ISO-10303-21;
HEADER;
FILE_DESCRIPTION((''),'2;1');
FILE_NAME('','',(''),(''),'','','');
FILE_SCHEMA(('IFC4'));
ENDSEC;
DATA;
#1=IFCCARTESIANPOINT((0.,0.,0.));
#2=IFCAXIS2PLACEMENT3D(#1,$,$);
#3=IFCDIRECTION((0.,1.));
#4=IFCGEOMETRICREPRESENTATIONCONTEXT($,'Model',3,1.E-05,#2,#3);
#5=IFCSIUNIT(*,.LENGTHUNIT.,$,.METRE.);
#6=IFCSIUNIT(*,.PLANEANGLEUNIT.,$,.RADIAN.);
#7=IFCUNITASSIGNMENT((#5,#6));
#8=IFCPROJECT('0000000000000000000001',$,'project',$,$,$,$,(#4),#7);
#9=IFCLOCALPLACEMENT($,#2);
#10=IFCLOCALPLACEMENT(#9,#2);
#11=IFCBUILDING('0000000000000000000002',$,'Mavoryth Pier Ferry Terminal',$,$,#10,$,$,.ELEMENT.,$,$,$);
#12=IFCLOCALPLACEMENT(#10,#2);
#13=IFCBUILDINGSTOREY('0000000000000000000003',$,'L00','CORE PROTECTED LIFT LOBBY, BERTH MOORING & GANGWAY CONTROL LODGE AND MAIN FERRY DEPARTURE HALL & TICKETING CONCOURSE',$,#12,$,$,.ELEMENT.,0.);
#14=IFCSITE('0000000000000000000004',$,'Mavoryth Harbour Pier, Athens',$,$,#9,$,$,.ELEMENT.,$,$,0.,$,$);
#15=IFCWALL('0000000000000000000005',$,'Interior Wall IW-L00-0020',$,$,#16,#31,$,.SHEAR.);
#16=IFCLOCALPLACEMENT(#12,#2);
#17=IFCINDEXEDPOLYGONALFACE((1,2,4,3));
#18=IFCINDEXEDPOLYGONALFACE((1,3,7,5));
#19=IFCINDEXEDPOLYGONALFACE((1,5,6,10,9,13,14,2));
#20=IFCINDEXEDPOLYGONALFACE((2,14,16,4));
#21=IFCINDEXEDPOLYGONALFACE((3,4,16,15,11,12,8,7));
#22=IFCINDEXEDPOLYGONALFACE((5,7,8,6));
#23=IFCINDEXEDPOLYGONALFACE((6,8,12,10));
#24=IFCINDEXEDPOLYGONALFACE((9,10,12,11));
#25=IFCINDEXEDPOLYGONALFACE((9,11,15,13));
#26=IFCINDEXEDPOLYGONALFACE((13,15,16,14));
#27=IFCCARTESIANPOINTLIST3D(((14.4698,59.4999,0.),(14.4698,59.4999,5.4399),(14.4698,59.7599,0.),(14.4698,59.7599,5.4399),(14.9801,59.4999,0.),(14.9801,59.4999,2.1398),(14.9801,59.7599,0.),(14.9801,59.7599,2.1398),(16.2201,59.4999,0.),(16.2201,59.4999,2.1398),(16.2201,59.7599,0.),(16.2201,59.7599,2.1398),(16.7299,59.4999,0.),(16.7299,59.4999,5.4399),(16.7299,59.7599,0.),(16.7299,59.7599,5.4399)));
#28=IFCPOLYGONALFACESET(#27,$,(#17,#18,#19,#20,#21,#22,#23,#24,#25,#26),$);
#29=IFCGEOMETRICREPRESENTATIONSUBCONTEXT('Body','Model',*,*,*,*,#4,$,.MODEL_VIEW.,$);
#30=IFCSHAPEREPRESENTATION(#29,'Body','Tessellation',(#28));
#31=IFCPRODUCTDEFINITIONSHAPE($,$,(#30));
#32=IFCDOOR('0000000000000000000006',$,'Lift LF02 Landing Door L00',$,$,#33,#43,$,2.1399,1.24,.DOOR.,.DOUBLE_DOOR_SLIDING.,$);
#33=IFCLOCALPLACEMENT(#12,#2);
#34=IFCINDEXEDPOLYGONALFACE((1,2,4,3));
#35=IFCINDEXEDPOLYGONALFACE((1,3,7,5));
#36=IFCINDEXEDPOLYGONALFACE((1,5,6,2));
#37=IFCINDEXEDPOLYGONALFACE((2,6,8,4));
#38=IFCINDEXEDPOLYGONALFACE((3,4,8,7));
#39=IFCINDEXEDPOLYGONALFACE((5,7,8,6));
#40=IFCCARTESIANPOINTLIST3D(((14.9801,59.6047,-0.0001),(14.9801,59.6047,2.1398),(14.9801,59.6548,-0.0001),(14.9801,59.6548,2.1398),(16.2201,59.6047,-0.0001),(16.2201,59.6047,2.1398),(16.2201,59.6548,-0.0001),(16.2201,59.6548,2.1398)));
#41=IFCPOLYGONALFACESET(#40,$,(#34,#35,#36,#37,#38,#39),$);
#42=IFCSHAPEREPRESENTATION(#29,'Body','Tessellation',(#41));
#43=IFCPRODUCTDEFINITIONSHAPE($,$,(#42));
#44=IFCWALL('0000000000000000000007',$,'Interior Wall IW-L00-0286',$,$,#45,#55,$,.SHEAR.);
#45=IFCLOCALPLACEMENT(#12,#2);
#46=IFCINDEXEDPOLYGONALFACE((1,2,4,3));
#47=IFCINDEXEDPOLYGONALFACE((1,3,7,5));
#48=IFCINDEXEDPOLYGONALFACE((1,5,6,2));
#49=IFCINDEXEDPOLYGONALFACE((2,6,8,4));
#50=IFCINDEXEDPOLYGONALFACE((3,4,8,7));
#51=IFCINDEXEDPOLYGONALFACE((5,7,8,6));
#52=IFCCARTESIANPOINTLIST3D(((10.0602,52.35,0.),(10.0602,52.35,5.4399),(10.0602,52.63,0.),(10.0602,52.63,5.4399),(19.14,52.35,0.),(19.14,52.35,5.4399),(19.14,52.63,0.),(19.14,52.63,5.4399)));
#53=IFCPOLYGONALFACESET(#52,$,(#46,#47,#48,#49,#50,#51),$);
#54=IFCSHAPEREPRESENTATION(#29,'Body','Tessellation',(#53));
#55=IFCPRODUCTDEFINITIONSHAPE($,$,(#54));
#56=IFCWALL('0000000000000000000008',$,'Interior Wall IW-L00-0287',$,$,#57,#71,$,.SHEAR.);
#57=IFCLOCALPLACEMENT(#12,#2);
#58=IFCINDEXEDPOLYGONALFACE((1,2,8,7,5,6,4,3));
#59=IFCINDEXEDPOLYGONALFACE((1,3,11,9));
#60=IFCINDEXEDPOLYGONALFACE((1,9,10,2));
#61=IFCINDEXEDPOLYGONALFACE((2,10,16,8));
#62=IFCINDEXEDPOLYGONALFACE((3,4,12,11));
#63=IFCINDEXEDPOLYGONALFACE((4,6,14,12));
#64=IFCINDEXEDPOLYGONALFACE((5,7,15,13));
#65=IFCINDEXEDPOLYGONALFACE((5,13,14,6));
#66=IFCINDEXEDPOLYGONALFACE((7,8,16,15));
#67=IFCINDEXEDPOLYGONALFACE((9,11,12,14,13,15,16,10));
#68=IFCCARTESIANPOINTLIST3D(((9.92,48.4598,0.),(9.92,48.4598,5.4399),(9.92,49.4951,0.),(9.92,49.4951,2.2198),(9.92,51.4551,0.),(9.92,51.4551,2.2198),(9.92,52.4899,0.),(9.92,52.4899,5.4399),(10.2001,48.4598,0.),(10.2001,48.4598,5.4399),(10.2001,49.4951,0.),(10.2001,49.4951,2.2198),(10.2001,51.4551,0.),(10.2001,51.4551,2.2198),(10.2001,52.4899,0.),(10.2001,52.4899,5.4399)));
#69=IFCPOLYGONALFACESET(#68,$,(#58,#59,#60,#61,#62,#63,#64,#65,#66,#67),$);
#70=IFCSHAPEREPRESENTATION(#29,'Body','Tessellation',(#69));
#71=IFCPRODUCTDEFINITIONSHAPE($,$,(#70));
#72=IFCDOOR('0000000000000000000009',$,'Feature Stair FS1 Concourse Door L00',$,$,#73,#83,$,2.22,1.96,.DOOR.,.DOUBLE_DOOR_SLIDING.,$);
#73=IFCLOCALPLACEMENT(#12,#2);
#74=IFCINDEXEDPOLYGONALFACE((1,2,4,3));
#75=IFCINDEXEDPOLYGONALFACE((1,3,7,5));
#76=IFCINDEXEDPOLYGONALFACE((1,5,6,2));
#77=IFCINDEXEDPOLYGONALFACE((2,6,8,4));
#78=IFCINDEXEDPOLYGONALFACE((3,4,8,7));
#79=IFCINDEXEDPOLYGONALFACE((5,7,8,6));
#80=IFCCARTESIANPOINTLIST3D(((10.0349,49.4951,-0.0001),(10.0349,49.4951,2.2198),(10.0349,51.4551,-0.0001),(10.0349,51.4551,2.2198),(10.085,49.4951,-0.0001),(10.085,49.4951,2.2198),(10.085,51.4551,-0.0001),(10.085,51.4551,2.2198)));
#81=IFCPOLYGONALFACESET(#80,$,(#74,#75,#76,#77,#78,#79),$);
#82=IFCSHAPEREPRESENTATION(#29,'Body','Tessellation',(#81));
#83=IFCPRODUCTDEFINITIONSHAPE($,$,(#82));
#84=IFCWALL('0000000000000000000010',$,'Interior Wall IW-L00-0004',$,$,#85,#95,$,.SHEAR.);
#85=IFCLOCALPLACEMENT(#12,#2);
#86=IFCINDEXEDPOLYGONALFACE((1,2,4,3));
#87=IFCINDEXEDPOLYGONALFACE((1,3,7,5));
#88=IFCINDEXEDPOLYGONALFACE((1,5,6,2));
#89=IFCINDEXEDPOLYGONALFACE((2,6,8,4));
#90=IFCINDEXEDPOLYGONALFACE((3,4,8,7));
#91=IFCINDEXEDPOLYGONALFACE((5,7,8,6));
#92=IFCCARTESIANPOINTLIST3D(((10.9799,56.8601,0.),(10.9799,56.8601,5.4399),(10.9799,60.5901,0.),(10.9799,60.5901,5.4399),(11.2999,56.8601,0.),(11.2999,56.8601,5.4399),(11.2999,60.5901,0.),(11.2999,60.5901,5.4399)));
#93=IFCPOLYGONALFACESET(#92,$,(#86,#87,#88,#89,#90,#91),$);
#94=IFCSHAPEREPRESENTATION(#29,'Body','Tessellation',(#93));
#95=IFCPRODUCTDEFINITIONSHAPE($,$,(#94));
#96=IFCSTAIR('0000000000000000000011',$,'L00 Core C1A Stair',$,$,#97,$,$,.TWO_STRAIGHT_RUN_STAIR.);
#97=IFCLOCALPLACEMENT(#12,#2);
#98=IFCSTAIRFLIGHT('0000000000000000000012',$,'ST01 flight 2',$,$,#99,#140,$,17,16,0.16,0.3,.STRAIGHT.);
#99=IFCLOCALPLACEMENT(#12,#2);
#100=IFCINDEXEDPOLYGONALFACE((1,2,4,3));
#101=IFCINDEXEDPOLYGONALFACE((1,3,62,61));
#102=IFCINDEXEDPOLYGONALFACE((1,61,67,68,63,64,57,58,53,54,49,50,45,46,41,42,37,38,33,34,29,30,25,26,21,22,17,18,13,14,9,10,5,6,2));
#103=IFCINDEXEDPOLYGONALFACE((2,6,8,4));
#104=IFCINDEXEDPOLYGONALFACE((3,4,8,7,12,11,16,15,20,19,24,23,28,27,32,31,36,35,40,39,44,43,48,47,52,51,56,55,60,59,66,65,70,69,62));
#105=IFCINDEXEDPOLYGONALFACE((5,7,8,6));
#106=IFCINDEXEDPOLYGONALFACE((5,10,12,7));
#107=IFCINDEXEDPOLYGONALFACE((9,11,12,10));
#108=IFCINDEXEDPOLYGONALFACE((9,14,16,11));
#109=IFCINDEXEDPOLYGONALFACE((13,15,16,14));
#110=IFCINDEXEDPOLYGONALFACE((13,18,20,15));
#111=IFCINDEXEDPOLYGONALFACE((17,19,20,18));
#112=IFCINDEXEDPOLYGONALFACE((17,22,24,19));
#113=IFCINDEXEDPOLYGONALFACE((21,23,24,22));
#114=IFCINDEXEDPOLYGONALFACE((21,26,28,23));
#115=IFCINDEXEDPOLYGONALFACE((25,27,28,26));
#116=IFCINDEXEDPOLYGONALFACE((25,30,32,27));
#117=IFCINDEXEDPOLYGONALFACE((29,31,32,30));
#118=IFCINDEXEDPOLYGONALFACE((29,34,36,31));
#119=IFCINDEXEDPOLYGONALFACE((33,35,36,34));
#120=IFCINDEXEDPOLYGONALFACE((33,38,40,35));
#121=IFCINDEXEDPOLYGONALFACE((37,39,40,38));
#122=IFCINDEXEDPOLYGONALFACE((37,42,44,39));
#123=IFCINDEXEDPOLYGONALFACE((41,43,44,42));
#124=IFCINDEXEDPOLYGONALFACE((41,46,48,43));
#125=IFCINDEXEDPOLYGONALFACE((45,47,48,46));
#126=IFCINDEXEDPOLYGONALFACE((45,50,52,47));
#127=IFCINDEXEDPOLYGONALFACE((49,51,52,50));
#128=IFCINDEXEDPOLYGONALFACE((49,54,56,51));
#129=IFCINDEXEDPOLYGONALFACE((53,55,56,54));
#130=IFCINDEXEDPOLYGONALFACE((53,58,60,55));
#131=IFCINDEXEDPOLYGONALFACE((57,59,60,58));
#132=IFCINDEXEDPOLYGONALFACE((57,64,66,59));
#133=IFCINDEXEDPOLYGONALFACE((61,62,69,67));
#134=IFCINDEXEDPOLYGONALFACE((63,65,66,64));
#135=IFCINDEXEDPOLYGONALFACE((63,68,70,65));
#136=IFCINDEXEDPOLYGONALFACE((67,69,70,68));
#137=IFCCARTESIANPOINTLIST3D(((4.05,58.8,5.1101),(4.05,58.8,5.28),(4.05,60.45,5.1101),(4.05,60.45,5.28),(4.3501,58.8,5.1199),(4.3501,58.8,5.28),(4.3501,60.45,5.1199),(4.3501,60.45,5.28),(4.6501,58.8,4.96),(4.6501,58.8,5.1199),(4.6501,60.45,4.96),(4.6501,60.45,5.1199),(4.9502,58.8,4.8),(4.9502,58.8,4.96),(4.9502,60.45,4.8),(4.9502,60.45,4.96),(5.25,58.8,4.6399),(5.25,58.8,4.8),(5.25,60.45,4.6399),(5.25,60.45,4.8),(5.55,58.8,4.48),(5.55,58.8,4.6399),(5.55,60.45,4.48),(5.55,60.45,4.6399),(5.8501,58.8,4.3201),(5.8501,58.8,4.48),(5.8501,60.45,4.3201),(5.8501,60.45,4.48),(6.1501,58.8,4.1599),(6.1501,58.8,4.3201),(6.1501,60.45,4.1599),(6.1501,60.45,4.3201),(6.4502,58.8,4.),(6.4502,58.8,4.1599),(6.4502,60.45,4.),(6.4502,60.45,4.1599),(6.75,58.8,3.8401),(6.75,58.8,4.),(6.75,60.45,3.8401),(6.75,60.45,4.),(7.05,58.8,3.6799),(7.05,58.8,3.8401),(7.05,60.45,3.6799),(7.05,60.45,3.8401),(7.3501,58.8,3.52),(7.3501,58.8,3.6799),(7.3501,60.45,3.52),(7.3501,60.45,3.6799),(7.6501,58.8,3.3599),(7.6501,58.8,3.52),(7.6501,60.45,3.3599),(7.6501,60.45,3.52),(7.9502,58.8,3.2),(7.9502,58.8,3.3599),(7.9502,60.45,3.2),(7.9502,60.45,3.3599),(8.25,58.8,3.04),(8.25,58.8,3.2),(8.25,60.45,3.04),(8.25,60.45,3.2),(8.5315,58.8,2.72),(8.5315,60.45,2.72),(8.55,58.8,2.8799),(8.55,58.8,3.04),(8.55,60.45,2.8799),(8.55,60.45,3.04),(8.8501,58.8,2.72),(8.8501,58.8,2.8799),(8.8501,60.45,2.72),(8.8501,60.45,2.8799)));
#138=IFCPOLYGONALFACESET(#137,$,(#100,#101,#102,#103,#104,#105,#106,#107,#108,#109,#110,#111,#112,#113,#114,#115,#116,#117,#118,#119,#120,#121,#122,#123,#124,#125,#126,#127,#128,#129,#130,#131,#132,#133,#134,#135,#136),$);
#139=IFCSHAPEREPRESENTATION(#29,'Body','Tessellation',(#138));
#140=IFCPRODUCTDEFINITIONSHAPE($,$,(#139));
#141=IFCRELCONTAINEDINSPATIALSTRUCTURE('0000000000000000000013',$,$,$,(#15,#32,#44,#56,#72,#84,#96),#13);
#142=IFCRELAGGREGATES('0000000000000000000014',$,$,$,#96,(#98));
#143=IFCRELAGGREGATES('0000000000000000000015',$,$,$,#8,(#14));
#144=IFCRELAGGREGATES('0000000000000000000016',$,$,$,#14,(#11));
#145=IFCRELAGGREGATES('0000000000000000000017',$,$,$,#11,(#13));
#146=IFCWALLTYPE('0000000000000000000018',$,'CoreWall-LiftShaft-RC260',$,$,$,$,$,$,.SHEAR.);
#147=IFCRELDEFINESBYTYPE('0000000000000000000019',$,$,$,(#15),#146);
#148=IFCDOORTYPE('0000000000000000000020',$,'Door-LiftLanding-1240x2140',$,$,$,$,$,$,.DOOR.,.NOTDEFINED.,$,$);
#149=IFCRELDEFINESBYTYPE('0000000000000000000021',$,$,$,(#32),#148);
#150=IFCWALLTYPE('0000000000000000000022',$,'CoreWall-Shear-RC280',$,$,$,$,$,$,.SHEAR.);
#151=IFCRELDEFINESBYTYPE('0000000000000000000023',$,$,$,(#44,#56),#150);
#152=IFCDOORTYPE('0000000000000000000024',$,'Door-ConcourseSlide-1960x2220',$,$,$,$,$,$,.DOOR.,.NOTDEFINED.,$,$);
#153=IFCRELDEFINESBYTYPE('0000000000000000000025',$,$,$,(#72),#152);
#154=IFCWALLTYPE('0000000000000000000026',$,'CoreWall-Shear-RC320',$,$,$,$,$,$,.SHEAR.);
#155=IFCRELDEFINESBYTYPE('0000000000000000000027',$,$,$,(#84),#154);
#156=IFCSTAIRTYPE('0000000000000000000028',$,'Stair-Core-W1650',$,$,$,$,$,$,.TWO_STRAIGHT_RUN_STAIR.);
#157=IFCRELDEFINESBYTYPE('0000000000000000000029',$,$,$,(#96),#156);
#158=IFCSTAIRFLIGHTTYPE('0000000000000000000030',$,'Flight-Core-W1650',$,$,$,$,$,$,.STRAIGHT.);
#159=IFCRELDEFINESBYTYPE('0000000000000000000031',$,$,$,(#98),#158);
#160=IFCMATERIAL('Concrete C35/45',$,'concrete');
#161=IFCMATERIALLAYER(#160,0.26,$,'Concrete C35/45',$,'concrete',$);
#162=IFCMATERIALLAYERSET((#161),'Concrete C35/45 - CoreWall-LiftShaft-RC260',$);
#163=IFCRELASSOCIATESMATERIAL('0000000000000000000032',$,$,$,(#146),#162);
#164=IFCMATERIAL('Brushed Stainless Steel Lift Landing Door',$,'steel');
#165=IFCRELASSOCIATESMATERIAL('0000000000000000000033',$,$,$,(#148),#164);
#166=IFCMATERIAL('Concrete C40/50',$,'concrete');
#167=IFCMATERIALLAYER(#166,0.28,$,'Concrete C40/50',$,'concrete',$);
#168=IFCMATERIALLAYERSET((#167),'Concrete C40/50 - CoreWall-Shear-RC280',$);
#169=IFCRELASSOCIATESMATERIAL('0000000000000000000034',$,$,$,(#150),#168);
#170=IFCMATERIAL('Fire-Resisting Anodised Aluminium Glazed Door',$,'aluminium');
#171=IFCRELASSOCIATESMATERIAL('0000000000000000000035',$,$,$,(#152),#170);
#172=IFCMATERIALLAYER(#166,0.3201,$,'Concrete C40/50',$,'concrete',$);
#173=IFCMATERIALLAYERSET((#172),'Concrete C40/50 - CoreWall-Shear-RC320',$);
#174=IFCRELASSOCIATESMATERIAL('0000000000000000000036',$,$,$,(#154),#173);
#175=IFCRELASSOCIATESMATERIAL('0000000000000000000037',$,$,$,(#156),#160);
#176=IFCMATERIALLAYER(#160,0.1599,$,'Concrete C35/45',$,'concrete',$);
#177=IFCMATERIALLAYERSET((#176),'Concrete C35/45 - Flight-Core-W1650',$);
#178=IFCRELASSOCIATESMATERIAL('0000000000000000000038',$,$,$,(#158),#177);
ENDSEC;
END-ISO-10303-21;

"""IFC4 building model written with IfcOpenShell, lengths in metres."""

from ifc_helpers import new_model, si_unit, direction, frame, frame_2d, origin, place, context, subcontext, project, spatial, polyline, rectangle, outline, extrude, material, layer, layer_set, type_object, element, fill, aggregate, save


model = new_model("IFC4")

# Units and contexts
model_context = context("Model", 3, precision=1e-05, world=origin(), true_north=direction((0.0, 1.0)))
body_context = subcontext(model_context, "Body", "Model", "MODEL_VIEW")
ifc_project = project(units=[si_unit("LENGTHUNIT", "METRE"), si_unit("PLANEANGLEUNIT", "RADIAN")], contexts=[model_context])

# Site, building, storey
site_placement = place(None, origin())
site = spatial("IfcSite", under=ifc_project, at=site_placement, Name="Mavoryth Harbour Pier, Athens", CompositionType="ELEMENT", RefElevation=0.0)
building_placement = place(site_placement, origin())
building = spatial("IfcBuilding", under=site, at=building_placement, Name="Mavoryth Pier Ferry Terminal", CompositionType="ELEMENT")
storey_placement = place(building_placement, origin())
storey = spatial("IfcBuildingStorey", under=building, at=storey_placement, Name="L00", Description="CORE PROTECTED LIFT LOBBY, BERTH MOORING & GANGWAY CONTROL LODGE AND MAIN FERRY DEPARTURE HALL & TICKETING CONCOURSE", CompositionType="ELEMENT", Elevation=0.0)

# Shared definitions
ifc_material_1 = material(Name="Concrete C35/45", Category="concrete")

# Shared definitions
ifc_material_2 = material(Name="Concrete C40/50", Category="concrete")

# Shared definitions
ifc_layer_1 = layer(ifc_material_1, 0.26, Name="Concrete C35/45", Category="concrete")
ifc_layer_set_1 = layer_set([ifc_layer_1], Name="Concrete C35/45 - CoreWall-LiftShaft-RC260")
wall_type_1 = type_object("IfcWallType", Name="CoreWall-LiftShaft-RC260", PredefinedType="SHEAR", material=ifc_layer_set_1)

# Shared definitions
ifc_material_3 = material(Name="Brushed Stainless Steel Lift Landing Door", Category="steel")
door_type_1 = type_object("IfcDoorType", Name="Door-LiftLanding-1240x2140", OperationType="NOTDEFINED", PredefinedType="DOOR", material=ifc_material_3)

# Wall, opening, door
wall_1_placement = place(storey_placement, frame((14.47, 59.6299, 0.0), z_axis=(0.0, 0.0, 1.0), x_axis=(1.0, 0.0, 0.0)))
wall_1 = element("IfcWall", 1, at=wall_1_placement, inside=storey, type_object=wall_type_1, Name="Interior Wall IW-L00-0020", PredefinedType="SHEAR", context=body_context, shape_type="SweptSolid", body=[
    extrude(rectangle(XDim=2.26, YDim=0.26, at=frame_2d((1.1299, 0.0))), origin(), (0.0, 0.0, 1.0), 5.4399),
])
opening_1_placement = place(wall_1_placement, frame((0.51, 0.0, 0.0)))
opening_1 = element("IfcOpeningElement", 2, at=opening_1_placement, cuts=wall_1, PredefinedType="OPENING", context=body_context, shape_type="SweptSolid", body=[
    extrude(rectangle(XDim=1.24, YDim=2.1399, at=frame_2d((0.6201, 1.0698))), frame((0.0, 0.1399, 0.0), z_axis=(0.0, -1.0, 0.0), x_axis=(1.0, 0.0, 0.0)), (0.0, 0.0, 1.0), 0.28),
])
door_1_placement = place(opening_1_placement, origin())
door_1 = element("IfcDoor", 3, at=door_1_placement, inside=storey, type_object=door_type_1, Name="Lift LF02 Landing Door L00", OperationType="DOUBLE_DOOR_SLIDING", OverallHeight=2.1399, OverallWidth=1.24, PredefinedType="DOOR", context=body_context, shape_type="SweptSolid", body=[
    extrude(rectangle(XDim=1.24, YDim=2.1399, at=frame_2d((0.6201, 1.0698))), frame((0.0, 0.0249, 0.0), z_axis=(0.0, -1.0, 0.0), x_axis=(1.0, 0.0, 0.0)), (0.0, 0.0, 1.0), 0.05),
])
fill(opening_1, door_1)

# Wall
ifc_layer_2 = layer(ifc_material_2, 0.28, Name="Concrete C40/50", Category="concrete")
ifc_layer_set_2 = layer_set([ifc_layer_2], Name="Concrete C40/50 - CoreWall-Shear-RC280")
wall_type_2 = type_object("IfcWallType", Name="CoreWall-Shear-RC280", PredefinedType="SHEAR", material=ifc_layer_set_2)
wall_2_placement = place(storey_placement, frame((10.0601, 52.49, 0.0), z_axis=(0.0, 0.0, 1.0), x_axis=(1.0, 0.0, 0.0)))
element("IfcWall", 4, at=wall_2_placement, inside=storey, type_object=wall_type_2, Name="Interior Wall IW-L00-0286", PredefinedType="SHEAR", context=body_context, shape_type="SweptSolid", body=[
    extrude(rectangle(XDim=9.0798, YDim=0.28, at=frame_2d((4.54, 0.0))), origin(), (0.0, 0.0, 1.0), 5.4399),
])

# Wall, opening, door
wall_3_placement = place(storey_placement, frame((10.0601, 52.49, 0.0), z_axis=(0.0, 0.0, 1.0), x_axis=(0.0, -1.0, 0.0)))
wall_3 = element("IfcWall", 5, at=wall_3_placement, inside=storey, type_object=wall_type_2, Name="Interior Wall IW-L00-0287", PredefinedType="SHEAR", context=body_context, shape_type="SweptSolid", body=[
    extrude(rectangle(XDim=4.03, YDim=0.28, at=frame_2d((2.0151, 0.0))), origin(), (0.0, 0.0, 1.0), 5.4399),
])
opening_2_placement = place(wall_3_placement, frame((1.0349, 0.0, 0.0)))
opening_2 = element("IfcOpeningElement", 6, at=opening_2_placement, cuts=wall_3, PredefinedType="OPENING", context=body_context, shape_type="SweptSolid", body=[
    extrude(rectangle(XDim=1.96, YDim=2.22, at=frame_2d((0.98, 1.1099))), frame((0.0, 0.1499, 0.0), z_axis=(0.0, -1.0, 0.0), x_axis=(1.0, 0.0, 0.0)), (0.0, 0.0, 1.0), 0.3),
])
ifc_material_4 = material(Name="Fire-Resisting Anodised Aluminium Glazed Door", Category="aluminium")
door_type_2 = type_object("IfcDoorType", Name="Door-ConcourseSlide-1960x2220", OperationType="NOTDEFINED", PredefinedType="DOOR", material=ifc_material_4)
door_2_placement = place(opening_2_placement, origin())
door_2 = element("IfcDoor", 7, at=door_2_placement, inside=storey, type_object=door_type_2, Name="Feature Stair FS1 Concourse Door L00", OperationType="DOUBLE_DOOR_SLIDING", OverallHeight=2.22, OverallWidth=1.96, PredefinedType="DOOR", context=body_context, shape_type="SweptSolid", body=[
    extrude(rectangle(XDim=1.96, YDim=2.22, at=frame_2d((0.98, 1.1099))), frame((0.0, 0.0249, 0.0), z_axis=(0.0, -1.0, 0.0), x_axis=(1.0, 0.0, 0.0)), (0.0, 0.0, 1.0), 0.05),
])
fill(opening_2, door_2)

# Wall
ifc_layer_3 = layer(ifc_material_2, 0.3201, Name="Concrete C40/50", Category="concrete")
ifc_layer_set_3 = layer_set([ifc_layer_3], Name="Concrete C40/50 - CoreWall-Shear-RC320")
wall_type_3 = type_object("IfcWallType", Name="CoreWall-Shear-RC320", PredefinedType="SHEAR", material=ifc_layer_set_3)
wall_4_placement = place(storey_placement, frame((11.1399, 56.8601, 0.0), z_axis=(0.0, 0.0, 1.0), x_axis=(0.0, 1.0, 0.0)))
element("IfcWall", 8, at=wall_4_placement, inside=storey, type_object=wall_type_3, Name="Interior Wall IW-L00-0004", PredefinedType="SHEAR", context=body_context, shape_type="SweptSolid", body=[
    extrude(rectangle(XDim=3.73, YDim=0.3201, at=frame_2d((1.865, 0.0))), origin(), (0.0, 0.0, 1.0), 5.4399),
])

# Stair, stair flight
stair_type = type_object("IfcStairType", Name="Stair-Core-W1650", PredefinedType="TWO_STRAIGHT_RUN_STAIR", material=ifc_material_1)
stair_placement = place(storey_placement, origin())
stair = element("IfcStair", 9, at=stair_placement, inside=storey, type_object=stair_type, Name="L00 Core C1A Stair", PredefinedType="TWO_STRAIGHT_RUN_STAIR")
ifc_layer_4 = layer(ifc_material_1, 0.1599, Name="Concrete C35/45", Category="concrete")
ifc_layer_set_4 = layer_set([ifc_layer_4], Name="Concrete C35/45 - Flight-Core-W1650")
stair_flight_type = type_object("IfcStairFlightType", Name="Flight-Core-W1650", PredefinedType="STRAIGHT", material=ifc_layer_set_4)
stair_flight_placement = place(storey_placement, frame((8.8501, 59.625, 2.72), z_axis=(0.0, 0.0, 1.0), x_axis=(-1.0, 0.0, 0.0)))
stair_flight = element("IfcStairFlight", 10, at=stair_flight_placement, type_object=stair_flight_type, Name="ST01 flight 2", NumberOfRisers=17, NumberOfTreads=16, PredefinedType="STRAIGHT", RiserHeight=0.16, TreadLength=0.3, context=body_context, shape_type="SweptSolid", body=[
    extrude(outline(polyline([(0.0, 0.0), (0.0, 0.1599), (0.3, 0.1599), (0.3, 0.3201), (0.6001, 0.3201), (0.6001, 0.48), (0.8999, 0.48), (0.8999, 0.6399), (1.2, 0.6399), (1.2, 0.8), (1.5, 0.8), (1.5, 0.96), (1.8, 0.96), (1.8, 1.1201), (2.1001, 1.1201), (2.1001, 1.28), (2.3999, 1.28), (2.3999, 1.4399), (2.7, 1.4399), (2.7, 1.6001), (3.0, 1.6001), (3.0, 1.76), (3.3, 1.76), (3.3, 1.9199), (3.6001, 1.9199), (3.6001, 2.0801), (3.8999, 2.0801), (3.8999, 2.24), (4.2, 2.24), (4.2, 2.3999), (4.5, 2.3999), (4.5, 2.5601), (4.8, 2.5601), (4.8, 2.72), (4.8, 2.3901), (0.3186, 0.0), (0.0, 0.0)])), frame((0.0, 0.825, 0.0), z_axis=(0.0, -1.0, 0.0), x_axis=(1.0, 0.0, 0.0)), (0.0, 0.0, 1.0), 1.6499),
])
aggregate(stair, [stair_flight])

save(model, "model.ifc")
